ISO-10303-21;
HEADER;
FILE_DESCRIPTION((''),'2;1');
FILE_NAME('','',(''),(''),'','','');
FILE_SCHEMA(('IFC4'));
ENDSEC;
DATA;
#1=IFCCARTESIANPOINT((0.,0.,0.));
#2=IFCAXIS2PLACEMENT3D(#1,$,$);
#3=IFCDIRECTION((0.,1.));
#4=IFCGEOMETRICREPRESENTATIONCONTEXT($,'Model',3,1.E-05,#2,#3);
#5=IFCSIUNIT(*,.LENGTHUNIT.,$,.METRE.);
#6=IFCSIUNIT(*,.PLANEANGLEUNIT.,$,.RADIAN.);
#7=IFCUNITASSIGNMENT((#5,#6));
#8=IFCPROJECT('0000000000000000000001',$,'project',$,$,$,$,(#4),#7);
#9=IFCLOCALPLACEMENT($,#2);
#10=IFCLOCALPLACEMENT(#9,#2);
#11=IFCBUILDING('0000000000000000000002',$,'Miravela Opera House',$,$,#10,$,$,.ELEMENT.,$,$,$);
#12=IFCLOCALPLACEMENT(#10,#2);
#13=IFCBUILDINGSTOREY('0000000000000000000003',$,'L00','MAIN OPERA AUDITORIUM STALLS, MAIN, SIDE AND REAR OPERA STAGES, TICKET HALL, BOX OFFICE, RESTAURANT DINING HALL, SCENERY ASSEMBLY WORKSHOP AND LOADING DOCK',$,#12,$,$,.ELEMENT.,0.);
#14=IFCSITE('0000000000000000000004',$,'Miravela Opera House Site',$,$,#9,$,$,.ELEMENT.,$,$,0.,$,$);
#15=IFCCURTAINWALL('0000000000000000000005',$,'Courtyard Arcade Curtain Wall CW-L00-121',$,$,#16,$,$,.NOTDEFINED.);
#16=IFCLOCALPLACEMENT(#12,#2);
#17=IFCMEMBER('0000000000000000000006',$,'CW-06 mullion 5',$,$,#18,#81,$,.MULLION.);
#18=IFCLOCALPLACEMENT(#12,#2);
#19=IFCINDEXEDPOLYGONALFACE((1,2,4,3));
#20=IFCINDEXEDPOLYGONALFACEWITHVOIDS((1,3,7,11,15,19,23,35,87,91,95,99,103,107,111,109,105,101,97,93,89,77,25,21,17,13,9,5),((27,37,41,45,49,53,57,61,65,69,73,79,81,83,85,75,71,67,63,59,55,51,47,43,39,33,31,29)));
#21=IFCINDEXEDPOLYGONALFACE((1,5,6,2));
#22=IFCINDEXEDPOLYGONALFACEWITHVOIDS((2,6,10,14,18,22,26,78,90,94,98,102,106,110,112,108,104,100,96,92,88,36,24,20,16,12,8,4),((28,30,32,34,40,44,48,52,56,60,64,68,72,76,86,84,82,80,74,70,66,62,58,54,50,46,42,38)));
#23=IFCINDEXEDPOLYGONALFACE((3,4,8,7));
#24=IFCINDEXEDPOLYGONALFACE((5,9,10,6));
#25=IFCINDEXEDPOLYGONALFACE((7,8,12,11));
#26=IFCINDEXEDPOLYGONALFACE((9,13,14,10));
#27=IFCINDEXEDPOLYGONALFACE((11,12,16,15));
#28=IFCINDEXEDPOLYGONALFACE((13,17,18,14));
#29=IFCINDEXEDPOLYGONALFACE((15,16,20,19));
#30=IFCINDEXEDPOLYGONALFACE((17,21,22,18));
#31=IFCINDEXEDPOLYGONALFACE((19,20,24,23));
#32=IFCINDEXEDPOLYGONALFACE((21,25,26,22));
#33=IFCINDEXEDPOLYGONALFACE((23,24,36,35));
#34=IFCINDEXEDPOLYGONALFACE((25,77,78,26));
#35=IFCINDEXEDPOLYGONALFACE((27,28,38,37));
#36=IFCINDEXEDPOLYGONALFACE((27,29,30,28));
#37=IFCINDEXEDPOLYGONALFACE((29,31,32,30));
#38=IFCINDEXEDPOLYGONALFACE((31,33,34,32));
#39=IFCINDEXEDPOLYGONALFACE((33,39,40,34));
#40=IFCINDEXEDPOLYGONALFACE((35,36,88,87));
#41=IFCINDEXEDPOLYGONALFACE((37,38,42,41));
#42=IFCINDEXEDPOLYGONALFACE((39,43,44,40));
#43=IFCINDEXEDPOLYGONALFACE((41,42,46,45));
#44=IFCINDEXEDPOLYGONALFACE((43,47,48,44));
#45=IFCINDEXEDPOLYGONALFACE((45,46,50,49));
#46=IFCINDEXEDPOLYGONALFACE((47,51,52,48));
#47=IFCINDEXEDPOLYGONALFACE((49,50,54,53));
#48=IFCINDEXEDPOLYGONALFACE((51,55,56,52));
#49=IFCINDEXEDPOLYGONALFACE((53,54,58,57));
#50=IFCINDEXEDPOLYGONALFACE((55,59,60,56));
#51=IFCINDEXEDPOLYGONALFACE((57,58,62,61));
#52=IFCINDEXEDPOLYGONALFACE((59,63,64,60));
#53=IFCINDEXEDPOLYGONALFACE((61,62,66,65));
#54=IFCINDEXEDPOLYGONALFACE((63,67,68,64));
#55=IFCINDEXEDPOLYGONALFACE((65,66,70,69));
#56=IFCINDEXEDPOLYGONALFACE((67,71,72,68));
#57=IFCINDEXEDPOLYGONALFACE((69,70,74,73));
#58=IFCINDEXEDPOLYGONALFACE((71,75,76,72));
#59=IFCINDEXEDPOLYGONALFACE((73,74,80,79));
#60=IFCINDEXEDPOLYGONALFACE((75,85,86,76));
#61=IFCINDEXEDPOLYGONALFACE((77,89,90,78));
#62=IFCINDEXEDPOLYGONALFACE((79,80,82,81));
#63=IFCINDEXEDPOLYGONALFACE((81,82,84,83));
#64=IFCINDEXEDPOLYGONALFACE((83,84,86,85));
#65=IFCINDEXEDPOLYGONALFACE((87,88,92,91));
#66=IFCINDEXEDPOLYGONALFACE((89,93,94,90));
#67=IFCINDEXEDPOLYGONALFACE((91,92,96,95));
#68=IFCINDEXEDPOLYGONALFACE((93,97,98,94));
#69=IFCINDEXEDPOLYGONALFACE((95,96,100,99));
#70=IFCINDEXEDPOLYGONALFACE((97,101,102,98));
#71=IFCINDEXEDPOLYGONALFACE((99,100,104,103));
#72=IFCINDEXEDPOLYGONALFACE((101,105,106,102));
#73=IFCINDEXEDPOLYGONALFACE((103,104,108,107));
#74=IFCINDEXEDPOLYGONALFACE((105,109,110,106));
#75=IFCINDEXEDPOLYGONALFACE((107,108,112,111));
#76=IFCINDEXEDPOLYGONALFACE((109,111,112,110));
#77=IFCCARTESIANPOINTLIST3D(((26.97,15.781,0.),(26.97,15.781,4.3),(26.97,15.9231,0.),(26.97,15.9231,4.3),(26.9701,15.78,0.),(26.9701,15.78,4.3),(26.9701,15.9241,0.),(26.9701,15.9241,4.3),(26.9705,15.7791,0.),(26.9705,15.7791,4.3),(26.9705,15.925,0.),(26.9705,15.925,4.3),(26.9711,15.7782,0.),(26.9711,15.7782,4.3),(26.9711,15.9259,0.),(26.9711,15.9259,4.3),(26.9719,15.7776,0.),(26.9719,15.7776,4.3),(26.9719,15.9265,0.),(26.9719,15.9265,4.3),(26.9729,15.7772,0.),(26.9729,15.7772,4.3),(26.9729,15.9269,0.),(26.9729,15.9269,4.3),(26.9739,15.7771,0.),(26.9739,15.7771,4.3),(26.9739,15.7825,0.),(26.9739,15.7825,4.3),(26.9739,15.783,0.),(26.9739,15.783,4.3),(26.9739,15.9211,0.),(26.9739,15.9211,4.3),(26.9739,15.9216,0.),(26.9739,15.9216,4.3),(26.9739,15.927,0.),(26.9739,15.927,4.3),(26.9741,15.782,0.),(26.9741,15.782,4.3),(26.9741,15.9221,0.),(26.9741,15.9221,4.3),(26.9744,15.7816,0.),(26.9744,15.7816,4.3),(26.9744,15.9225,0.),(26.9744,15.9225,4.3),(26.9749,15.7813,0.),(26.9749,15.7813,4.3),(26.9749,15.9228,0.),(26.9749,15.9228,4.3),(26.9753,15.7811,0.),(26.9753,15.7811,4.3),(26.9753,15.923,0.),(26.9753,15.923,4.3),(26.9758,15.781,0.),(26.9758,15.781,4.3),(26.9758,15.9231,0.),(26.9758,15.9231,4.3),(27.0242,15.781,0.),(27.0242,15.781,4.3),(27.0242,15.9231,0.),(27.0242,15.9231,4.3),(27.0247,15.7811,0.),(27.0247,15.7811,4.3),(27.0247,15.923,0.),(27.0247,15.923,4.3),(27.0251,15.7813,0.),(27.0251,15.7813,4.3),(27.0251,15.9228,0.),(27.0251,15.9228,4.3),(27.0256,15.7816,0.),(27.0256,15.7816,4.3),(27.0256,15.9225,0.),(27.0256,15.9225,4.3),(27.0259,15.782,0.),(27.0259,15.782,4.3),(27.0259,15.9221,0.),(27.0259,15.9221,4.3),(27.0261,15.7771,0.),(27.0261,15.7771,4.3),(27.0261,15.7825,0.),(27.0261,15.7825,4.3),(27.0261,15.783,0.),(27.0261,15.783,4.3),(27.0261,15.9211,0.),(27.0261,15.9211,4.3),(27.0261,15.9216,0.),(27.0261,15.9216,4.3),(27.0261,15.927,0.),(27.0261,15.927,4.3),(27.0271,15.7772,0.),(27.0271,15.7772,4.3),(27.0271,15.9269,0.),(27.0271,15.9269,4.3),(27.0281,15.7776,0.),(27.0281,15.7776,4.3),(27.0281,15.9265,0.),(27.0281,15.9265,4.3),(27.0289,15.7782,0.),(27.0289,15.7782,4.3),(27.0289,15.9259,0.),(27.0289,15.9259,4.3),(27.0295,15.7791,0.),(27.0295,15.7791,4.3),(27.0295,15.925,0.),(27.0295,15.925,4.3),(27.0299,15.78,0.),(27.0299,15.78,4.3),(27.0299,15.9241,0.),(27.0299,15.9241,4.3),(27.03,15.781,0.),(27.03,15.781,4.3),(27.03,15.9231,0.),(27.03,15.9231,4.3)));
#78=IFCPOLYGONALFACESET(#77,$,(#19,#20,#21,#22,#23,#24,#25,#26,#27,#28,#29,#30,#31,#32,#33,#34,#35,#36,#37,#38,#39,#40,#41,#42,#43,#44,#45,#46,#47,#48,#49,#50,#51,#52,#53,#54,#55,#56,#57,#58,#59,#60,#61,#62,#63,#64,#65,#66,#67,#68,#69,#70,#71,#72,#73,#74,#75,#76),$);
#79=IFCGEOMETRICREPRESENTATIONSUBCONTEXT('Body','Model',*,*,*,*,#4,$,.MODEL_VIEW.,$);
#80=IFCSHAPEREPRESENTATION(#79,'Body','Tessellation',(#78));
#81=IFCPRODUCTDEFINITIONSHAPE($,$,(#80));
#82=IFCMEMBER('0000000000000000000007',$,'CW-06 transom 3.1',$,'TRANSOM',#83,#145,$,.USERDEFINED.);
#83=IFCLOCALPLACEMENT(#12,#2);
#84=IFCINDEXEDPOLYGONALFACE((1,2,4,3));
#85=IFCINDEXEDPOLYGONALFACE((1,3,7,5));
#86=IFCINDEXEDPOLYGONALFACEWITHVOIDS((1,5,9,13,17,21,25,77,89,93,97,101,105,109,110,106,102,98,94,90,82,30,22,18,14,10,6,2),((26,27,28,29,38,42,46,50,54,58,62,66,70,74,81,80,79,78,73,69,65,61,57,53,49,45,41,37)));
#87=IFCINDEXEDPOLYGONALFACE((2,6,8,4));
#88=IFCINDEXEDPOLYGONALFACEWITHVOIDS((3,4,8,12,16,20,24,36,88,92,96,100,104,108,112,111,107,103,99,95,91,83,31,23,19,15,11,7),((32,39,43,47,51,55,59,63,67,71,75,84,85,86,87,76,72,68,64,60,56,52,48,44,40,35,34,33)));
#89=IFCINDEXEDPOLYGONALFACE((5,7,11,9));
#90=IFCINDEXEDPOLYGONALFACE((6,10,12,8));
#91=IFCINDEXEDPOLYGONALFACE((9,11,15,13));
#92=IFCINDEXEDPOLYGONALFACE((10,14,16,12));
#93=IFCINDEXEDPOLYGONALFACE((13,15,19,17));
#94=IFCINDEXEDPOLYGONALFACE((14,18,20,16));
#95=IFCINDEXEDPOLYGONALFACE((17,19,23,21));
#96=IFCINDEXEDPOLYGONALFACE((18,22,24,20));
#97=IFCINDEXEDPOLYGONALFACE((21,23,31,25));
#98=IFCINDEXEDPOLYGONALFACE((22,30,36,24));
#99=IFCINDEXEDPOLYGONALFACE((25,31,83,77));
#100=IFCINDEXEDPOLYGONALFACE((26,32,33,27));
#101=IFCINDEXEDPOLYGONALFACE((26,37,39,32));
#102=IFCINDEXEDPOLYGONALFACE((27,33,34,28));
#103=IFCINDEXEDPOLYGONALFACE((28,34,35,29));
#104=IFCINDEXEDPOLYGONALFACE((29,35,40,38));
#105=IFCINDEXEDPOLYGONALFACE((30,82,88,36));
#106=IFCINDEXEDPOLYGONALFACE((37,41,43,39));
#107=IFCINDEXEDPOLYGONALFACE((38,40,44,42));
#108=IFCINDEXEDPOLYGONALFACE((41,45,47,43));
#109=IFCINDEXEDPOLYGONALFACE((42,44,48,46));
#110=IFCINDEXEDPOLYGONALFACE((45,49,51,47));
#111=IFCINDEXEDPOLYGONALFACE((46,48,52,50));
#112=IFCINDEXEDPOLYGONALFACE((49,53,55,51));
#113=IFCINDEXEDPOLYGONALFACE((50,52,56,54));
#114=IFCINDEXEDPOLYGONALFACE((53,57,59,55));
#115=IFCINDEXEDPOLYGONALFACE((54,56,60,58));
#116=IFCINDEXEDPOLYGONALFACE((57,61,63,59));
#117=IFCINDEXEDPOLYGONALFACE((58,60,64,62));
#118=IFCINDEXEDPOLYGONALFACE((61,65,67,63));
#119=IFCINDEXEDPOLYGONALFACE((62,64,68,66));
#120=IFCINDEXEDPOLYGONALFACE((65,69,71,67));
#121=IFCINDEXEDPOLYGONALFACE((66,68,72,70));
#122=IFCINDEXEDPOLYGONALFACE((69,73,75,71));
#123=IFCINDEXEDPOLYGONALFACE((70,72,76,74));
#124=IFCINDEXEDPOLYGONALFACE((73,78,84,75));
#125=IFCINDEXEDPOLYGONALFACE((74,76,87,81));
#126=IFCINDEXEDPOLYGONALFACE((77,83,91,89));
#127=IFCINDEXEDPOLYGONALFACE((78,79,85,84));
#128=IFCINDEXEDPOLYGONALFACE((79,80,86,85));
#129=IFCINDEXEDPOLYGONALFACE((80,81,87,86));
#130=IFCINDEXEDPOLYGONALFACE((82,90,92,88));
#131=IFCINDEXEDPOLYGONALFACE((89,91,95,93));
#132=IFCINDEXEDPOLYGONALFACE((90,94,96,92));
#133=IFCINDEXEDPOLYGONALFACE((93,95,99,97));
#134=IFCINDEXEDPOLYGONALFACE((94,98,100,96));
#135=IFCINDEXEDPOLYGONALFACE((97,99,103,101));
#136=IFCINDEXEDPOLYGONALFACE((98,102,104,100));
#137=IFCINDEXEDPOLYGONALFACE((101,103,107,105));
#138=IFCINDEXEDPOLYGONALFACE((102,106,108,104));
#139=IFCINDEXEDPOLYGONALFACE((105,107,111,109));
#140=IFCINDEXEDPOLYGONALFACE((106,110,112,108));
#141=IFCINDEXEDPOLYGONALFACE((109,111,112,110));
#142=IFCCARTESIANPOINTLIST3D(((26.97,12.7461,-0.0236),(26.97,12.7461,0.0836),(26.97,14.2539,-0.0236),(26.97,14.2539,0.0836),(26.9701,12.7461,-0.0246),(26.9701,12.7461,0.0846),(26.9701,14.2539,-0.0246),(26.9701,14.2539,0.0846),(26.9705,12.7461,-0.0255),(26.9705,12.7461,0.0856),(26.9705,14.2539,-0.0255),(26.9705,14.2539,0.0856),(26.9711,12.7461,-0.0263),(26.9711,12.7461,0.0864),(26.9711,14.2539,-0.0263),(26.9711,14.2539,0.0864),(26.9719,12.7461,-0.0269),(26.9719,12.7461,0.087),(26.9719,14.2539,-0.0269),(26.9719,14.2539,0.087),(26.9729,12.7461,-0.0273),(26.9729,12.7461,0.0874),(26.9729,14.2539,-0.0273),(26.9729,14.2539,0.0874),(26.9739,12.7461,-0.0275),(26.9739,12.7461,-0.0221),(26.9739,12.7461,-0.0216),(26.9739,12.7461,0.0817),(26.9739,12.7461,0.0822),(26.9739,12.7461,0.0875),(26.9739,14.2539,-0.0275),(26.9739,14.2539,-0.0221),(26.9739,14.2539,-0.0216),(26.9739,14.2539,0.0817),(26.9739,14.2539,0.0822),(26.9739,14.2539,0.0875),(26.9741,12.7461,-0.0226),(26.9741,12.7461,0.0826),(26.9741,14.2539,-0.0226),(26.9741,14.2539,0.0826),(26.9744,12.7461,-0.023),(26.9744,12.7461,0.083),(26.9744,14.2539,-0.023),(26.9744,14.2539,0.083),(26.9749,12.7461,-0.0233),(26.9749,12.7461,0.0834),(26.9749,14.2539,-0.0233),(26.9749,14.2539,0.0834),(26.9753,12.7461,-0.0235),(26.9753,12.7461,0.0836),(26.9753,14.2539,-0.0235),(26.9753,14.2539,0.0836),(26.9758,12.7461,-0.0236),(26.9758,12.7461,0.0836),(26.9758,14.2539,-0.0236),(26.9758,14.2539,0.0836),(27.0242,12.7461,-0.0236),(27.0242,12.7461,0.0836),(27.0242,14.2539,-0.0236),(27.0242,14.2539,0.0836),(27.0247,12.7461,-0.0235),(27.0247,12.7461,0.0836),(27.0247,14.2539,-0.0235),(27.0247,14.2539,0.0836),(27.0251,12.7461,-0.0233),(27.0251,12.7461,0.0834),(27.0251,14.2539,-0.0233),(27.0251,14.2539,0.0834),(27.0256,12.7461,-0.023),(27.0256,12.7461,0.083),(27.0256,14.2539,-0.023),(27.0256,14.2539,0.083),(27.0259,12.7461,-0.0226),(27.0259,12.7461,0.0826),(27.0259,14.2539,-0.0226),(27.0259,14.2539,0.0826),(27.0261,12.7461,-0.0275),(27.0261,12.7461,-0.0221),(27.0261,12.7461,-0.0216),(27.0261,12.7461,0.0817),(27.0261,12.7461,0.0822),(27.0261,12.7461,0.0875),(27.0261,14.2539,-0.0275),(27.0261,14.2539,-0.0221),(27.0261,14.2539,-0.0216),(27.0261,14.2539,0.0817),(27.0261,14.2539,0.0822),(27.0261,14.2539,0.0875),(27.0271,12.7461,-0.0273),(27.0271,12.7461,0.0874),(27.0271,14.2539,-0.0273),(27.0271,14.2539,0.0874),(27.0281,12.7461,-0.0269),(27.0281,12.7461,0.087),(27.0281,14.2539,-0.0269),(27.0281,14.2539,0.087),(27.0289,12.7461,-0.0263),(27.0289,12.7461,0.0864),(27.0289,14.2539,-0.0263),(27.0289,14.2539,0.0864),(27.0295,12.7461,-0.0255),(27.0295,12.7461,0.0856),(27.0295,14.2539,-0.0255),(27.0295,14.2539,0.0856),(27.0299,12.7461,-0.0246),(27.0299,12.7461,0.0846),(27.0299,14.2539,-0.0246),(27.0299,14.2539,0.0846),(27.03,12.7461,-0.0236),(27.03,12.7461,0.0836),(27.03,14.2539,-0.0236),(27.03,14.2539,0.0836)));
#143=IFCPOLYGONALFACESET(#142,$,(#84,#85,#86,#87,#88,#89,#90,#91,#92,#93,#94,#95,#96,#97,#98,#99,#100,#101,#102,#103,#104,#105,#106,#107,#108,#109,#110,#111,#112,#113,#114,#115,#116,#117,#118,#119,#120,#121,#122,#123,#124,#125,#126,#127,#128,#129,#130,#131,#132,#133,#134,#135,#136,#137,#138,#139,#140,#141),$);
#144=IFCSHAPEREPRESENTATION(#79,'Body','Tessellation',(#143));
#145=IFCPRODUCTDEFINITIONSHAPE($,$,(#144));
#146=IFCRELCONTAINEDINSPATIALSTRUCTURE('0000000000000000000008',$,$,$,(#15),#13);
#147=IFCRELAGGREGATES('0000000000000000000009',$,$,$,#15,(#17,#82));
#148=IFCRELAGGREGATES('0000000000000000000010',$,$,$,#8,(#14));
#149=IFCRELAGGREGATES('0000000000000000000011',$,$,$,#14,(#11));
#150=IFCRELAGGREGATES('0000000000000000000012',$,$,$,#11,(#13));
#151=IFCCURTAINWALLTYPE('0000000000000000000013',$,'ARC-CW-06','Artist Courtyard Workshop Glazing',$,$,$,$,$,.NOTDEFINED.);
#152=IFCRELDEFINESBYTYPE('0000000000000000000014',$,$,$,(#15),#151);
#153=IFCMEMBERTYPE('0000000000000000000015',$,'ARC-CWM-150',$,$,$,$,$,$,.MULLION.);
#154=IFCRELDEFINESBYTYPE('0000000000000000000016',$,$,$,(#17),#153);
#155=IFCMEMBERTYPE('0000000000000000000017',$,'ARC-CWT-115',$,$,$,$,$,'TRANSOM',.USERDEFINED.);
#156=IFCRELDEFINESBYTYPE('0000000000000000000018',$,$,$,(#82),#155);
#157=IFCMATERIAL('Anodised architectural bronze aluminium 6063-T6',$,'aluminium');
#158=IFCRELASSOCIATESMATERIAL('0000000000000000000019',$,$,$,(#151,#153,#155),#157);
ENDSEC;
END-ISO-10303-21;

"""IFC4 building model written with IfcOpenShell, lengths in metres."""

from ifc_helpers import new_model, si_unit, direction, frame, origin, origin_2d, place, context, subcontext, project, spatial, hollow_rectangle, extrude, material, material_profile, profile_set, type_object, element, aggregate, save


model = new_model("IFC4")

# Units and contexts
model_context = context("Model", 3, precision=1e-05, world=origin(), true_north=direction((0.0, 1.0)))
body_context = subcontext(model_context, "Body", "Model", "MODEL_VIEW")
ifc_project = project(units=[si_unit("LENGTHUNIT", "METRE"), si_unit("PLANEANGLEUNIT", "RADIAN")], contexts=[model_context])

# Site, building, storey
site_placement = place(None, origin())
site = spatial("IfcSite", under=ifc_project, at=site_placement, Name="Miravela Opera House Site", CompositionType="ELEMENT", RefElevation=0.0)
building_placement = place(site_placement, origin())
building = spatial("IfcBuilding", under=site, at=building_placement, Name="Miravela Opera House", CompositionType="ELEMENT")
storey_placement = place(building_placement, origin())
storey = spatial("IfcBuildingStorey", under=building, at=storey_placement, Name="L00", Description="MAIN OPERA AUDITORIUM STALLS, MAIN, SIDE AND REAR OPERA STAGES, TICKET HALL, BOX OFFICE, RESTAURANT DINING HALL, SCENERY ASSEMBLY WORKSHOP AND LOADING DOCK", CompositionType="ELEMENT", Elevation=0.0)

# Curtain wall, members
ifc_material_1 = material(Name="Anodised architectural bronze aluminium 6063-T6", Category="aluminium")
curtain_wall_type = type_object("IfcCurtainWallType", Name="ARC-CW-06", Description="Artist Courtyard Workshop Glazing", PredefinedType="NOTDEFINED", material=ifc_material_1)
curtain_wall_placement = place(storey_placement, origin())
curtain_wall = element("IfcCurtainWall", 1, at=curtain_wall_placement, inside=storey, type_object=curtain_wall_type, Name="Courtyard Arcade Curtain Wall CW-L00-121", PredefinedType="NOTDEFINED")
ifc_material_profile_1 = material_profile(ifc_material_1, hollow_rectangle(XDim=0.0601, YDim=0.1499, WallThickness=0.0039, InnerFilletRadius=0.002, OuterFilletRadius=0.0039, at=origin_2d()), Name="CWM-60X150")
ifc_profile_set_1 = profile_set([ifc_material_profile_1])
member_type_1 = type_object("IfcMemberType", Name="ARC-CWM-150", PredefinedType="MULLION", material=ifc_profile_set_1)
member_1_placement = place(storey_placement, frame((27.0, 15.8521, 0.0), z_axis=(0.0, 0.0, 1.0), x_axis=(-1.0, 0.0, 0.0)))
member_1 = element("IfcMember", 2, at=member_1_placement, type_object=member_type_1, Name="CW-06 mullion 5", PredefinedType="MULLION", context=body_context, shape_type="SweptSolid", body=[
    extrude(hollow_rectangle(XDim=0.0601, YDim=0.1499, WallThickness=0.0039, InnerFilletRadius=0.002, OuterFilletRadius=0.0039, at=origin_2d()), origin(), (0.0, 0.0, 1.0), 4.3),
])
ifc_material_profile_2 = material_profile(ifc_material_1, hollow_rectangle(XDim=0.0601, YDim=0.115, WallThickness=0.0039, InnerFilletRadius=0.002, OuterFilletRadius=0.0039, at=origin_2d()), Name="CWT-60X115")
ifc_profile_set_2 = profile_set([ifc_material_profile_2])
member_type_2 = type_object("IfcMemberType", Name="ARC-CWT-115", ElementType="TRANSOM", PredefinedType="USERDEFINED", material=ifc_profile_set_2)
member_2_placement = place(storey_placement, frame((27.0, 12.7461, 0.03), z_axis=(0.0, 1.0, 0.0), x_axis=(-1.0, 0.0, 0.0)))
member_2 = element("IfcMember", 3, at=member_2_placement, type_object=member_type_2, Name="CW-06 transom 3.1", ObjectType="TRANSOM", PredefinedType="USERDEFINED", context=body_context, shape_type="SweptSolid", body=[
    extrude(hollow_rectangle(XDim=0.0601, YDim=0.115, WallThickness=0.0039, InnerFilletRadius=0.002, OuterFilletRadius=0.0039, at=origin_2d()), origin(), (0.0, 0.0, 1.0), 1.5078),
])

aggregate(curtain_wall, [member_1, member_2])

save(model, "model.ifc")
